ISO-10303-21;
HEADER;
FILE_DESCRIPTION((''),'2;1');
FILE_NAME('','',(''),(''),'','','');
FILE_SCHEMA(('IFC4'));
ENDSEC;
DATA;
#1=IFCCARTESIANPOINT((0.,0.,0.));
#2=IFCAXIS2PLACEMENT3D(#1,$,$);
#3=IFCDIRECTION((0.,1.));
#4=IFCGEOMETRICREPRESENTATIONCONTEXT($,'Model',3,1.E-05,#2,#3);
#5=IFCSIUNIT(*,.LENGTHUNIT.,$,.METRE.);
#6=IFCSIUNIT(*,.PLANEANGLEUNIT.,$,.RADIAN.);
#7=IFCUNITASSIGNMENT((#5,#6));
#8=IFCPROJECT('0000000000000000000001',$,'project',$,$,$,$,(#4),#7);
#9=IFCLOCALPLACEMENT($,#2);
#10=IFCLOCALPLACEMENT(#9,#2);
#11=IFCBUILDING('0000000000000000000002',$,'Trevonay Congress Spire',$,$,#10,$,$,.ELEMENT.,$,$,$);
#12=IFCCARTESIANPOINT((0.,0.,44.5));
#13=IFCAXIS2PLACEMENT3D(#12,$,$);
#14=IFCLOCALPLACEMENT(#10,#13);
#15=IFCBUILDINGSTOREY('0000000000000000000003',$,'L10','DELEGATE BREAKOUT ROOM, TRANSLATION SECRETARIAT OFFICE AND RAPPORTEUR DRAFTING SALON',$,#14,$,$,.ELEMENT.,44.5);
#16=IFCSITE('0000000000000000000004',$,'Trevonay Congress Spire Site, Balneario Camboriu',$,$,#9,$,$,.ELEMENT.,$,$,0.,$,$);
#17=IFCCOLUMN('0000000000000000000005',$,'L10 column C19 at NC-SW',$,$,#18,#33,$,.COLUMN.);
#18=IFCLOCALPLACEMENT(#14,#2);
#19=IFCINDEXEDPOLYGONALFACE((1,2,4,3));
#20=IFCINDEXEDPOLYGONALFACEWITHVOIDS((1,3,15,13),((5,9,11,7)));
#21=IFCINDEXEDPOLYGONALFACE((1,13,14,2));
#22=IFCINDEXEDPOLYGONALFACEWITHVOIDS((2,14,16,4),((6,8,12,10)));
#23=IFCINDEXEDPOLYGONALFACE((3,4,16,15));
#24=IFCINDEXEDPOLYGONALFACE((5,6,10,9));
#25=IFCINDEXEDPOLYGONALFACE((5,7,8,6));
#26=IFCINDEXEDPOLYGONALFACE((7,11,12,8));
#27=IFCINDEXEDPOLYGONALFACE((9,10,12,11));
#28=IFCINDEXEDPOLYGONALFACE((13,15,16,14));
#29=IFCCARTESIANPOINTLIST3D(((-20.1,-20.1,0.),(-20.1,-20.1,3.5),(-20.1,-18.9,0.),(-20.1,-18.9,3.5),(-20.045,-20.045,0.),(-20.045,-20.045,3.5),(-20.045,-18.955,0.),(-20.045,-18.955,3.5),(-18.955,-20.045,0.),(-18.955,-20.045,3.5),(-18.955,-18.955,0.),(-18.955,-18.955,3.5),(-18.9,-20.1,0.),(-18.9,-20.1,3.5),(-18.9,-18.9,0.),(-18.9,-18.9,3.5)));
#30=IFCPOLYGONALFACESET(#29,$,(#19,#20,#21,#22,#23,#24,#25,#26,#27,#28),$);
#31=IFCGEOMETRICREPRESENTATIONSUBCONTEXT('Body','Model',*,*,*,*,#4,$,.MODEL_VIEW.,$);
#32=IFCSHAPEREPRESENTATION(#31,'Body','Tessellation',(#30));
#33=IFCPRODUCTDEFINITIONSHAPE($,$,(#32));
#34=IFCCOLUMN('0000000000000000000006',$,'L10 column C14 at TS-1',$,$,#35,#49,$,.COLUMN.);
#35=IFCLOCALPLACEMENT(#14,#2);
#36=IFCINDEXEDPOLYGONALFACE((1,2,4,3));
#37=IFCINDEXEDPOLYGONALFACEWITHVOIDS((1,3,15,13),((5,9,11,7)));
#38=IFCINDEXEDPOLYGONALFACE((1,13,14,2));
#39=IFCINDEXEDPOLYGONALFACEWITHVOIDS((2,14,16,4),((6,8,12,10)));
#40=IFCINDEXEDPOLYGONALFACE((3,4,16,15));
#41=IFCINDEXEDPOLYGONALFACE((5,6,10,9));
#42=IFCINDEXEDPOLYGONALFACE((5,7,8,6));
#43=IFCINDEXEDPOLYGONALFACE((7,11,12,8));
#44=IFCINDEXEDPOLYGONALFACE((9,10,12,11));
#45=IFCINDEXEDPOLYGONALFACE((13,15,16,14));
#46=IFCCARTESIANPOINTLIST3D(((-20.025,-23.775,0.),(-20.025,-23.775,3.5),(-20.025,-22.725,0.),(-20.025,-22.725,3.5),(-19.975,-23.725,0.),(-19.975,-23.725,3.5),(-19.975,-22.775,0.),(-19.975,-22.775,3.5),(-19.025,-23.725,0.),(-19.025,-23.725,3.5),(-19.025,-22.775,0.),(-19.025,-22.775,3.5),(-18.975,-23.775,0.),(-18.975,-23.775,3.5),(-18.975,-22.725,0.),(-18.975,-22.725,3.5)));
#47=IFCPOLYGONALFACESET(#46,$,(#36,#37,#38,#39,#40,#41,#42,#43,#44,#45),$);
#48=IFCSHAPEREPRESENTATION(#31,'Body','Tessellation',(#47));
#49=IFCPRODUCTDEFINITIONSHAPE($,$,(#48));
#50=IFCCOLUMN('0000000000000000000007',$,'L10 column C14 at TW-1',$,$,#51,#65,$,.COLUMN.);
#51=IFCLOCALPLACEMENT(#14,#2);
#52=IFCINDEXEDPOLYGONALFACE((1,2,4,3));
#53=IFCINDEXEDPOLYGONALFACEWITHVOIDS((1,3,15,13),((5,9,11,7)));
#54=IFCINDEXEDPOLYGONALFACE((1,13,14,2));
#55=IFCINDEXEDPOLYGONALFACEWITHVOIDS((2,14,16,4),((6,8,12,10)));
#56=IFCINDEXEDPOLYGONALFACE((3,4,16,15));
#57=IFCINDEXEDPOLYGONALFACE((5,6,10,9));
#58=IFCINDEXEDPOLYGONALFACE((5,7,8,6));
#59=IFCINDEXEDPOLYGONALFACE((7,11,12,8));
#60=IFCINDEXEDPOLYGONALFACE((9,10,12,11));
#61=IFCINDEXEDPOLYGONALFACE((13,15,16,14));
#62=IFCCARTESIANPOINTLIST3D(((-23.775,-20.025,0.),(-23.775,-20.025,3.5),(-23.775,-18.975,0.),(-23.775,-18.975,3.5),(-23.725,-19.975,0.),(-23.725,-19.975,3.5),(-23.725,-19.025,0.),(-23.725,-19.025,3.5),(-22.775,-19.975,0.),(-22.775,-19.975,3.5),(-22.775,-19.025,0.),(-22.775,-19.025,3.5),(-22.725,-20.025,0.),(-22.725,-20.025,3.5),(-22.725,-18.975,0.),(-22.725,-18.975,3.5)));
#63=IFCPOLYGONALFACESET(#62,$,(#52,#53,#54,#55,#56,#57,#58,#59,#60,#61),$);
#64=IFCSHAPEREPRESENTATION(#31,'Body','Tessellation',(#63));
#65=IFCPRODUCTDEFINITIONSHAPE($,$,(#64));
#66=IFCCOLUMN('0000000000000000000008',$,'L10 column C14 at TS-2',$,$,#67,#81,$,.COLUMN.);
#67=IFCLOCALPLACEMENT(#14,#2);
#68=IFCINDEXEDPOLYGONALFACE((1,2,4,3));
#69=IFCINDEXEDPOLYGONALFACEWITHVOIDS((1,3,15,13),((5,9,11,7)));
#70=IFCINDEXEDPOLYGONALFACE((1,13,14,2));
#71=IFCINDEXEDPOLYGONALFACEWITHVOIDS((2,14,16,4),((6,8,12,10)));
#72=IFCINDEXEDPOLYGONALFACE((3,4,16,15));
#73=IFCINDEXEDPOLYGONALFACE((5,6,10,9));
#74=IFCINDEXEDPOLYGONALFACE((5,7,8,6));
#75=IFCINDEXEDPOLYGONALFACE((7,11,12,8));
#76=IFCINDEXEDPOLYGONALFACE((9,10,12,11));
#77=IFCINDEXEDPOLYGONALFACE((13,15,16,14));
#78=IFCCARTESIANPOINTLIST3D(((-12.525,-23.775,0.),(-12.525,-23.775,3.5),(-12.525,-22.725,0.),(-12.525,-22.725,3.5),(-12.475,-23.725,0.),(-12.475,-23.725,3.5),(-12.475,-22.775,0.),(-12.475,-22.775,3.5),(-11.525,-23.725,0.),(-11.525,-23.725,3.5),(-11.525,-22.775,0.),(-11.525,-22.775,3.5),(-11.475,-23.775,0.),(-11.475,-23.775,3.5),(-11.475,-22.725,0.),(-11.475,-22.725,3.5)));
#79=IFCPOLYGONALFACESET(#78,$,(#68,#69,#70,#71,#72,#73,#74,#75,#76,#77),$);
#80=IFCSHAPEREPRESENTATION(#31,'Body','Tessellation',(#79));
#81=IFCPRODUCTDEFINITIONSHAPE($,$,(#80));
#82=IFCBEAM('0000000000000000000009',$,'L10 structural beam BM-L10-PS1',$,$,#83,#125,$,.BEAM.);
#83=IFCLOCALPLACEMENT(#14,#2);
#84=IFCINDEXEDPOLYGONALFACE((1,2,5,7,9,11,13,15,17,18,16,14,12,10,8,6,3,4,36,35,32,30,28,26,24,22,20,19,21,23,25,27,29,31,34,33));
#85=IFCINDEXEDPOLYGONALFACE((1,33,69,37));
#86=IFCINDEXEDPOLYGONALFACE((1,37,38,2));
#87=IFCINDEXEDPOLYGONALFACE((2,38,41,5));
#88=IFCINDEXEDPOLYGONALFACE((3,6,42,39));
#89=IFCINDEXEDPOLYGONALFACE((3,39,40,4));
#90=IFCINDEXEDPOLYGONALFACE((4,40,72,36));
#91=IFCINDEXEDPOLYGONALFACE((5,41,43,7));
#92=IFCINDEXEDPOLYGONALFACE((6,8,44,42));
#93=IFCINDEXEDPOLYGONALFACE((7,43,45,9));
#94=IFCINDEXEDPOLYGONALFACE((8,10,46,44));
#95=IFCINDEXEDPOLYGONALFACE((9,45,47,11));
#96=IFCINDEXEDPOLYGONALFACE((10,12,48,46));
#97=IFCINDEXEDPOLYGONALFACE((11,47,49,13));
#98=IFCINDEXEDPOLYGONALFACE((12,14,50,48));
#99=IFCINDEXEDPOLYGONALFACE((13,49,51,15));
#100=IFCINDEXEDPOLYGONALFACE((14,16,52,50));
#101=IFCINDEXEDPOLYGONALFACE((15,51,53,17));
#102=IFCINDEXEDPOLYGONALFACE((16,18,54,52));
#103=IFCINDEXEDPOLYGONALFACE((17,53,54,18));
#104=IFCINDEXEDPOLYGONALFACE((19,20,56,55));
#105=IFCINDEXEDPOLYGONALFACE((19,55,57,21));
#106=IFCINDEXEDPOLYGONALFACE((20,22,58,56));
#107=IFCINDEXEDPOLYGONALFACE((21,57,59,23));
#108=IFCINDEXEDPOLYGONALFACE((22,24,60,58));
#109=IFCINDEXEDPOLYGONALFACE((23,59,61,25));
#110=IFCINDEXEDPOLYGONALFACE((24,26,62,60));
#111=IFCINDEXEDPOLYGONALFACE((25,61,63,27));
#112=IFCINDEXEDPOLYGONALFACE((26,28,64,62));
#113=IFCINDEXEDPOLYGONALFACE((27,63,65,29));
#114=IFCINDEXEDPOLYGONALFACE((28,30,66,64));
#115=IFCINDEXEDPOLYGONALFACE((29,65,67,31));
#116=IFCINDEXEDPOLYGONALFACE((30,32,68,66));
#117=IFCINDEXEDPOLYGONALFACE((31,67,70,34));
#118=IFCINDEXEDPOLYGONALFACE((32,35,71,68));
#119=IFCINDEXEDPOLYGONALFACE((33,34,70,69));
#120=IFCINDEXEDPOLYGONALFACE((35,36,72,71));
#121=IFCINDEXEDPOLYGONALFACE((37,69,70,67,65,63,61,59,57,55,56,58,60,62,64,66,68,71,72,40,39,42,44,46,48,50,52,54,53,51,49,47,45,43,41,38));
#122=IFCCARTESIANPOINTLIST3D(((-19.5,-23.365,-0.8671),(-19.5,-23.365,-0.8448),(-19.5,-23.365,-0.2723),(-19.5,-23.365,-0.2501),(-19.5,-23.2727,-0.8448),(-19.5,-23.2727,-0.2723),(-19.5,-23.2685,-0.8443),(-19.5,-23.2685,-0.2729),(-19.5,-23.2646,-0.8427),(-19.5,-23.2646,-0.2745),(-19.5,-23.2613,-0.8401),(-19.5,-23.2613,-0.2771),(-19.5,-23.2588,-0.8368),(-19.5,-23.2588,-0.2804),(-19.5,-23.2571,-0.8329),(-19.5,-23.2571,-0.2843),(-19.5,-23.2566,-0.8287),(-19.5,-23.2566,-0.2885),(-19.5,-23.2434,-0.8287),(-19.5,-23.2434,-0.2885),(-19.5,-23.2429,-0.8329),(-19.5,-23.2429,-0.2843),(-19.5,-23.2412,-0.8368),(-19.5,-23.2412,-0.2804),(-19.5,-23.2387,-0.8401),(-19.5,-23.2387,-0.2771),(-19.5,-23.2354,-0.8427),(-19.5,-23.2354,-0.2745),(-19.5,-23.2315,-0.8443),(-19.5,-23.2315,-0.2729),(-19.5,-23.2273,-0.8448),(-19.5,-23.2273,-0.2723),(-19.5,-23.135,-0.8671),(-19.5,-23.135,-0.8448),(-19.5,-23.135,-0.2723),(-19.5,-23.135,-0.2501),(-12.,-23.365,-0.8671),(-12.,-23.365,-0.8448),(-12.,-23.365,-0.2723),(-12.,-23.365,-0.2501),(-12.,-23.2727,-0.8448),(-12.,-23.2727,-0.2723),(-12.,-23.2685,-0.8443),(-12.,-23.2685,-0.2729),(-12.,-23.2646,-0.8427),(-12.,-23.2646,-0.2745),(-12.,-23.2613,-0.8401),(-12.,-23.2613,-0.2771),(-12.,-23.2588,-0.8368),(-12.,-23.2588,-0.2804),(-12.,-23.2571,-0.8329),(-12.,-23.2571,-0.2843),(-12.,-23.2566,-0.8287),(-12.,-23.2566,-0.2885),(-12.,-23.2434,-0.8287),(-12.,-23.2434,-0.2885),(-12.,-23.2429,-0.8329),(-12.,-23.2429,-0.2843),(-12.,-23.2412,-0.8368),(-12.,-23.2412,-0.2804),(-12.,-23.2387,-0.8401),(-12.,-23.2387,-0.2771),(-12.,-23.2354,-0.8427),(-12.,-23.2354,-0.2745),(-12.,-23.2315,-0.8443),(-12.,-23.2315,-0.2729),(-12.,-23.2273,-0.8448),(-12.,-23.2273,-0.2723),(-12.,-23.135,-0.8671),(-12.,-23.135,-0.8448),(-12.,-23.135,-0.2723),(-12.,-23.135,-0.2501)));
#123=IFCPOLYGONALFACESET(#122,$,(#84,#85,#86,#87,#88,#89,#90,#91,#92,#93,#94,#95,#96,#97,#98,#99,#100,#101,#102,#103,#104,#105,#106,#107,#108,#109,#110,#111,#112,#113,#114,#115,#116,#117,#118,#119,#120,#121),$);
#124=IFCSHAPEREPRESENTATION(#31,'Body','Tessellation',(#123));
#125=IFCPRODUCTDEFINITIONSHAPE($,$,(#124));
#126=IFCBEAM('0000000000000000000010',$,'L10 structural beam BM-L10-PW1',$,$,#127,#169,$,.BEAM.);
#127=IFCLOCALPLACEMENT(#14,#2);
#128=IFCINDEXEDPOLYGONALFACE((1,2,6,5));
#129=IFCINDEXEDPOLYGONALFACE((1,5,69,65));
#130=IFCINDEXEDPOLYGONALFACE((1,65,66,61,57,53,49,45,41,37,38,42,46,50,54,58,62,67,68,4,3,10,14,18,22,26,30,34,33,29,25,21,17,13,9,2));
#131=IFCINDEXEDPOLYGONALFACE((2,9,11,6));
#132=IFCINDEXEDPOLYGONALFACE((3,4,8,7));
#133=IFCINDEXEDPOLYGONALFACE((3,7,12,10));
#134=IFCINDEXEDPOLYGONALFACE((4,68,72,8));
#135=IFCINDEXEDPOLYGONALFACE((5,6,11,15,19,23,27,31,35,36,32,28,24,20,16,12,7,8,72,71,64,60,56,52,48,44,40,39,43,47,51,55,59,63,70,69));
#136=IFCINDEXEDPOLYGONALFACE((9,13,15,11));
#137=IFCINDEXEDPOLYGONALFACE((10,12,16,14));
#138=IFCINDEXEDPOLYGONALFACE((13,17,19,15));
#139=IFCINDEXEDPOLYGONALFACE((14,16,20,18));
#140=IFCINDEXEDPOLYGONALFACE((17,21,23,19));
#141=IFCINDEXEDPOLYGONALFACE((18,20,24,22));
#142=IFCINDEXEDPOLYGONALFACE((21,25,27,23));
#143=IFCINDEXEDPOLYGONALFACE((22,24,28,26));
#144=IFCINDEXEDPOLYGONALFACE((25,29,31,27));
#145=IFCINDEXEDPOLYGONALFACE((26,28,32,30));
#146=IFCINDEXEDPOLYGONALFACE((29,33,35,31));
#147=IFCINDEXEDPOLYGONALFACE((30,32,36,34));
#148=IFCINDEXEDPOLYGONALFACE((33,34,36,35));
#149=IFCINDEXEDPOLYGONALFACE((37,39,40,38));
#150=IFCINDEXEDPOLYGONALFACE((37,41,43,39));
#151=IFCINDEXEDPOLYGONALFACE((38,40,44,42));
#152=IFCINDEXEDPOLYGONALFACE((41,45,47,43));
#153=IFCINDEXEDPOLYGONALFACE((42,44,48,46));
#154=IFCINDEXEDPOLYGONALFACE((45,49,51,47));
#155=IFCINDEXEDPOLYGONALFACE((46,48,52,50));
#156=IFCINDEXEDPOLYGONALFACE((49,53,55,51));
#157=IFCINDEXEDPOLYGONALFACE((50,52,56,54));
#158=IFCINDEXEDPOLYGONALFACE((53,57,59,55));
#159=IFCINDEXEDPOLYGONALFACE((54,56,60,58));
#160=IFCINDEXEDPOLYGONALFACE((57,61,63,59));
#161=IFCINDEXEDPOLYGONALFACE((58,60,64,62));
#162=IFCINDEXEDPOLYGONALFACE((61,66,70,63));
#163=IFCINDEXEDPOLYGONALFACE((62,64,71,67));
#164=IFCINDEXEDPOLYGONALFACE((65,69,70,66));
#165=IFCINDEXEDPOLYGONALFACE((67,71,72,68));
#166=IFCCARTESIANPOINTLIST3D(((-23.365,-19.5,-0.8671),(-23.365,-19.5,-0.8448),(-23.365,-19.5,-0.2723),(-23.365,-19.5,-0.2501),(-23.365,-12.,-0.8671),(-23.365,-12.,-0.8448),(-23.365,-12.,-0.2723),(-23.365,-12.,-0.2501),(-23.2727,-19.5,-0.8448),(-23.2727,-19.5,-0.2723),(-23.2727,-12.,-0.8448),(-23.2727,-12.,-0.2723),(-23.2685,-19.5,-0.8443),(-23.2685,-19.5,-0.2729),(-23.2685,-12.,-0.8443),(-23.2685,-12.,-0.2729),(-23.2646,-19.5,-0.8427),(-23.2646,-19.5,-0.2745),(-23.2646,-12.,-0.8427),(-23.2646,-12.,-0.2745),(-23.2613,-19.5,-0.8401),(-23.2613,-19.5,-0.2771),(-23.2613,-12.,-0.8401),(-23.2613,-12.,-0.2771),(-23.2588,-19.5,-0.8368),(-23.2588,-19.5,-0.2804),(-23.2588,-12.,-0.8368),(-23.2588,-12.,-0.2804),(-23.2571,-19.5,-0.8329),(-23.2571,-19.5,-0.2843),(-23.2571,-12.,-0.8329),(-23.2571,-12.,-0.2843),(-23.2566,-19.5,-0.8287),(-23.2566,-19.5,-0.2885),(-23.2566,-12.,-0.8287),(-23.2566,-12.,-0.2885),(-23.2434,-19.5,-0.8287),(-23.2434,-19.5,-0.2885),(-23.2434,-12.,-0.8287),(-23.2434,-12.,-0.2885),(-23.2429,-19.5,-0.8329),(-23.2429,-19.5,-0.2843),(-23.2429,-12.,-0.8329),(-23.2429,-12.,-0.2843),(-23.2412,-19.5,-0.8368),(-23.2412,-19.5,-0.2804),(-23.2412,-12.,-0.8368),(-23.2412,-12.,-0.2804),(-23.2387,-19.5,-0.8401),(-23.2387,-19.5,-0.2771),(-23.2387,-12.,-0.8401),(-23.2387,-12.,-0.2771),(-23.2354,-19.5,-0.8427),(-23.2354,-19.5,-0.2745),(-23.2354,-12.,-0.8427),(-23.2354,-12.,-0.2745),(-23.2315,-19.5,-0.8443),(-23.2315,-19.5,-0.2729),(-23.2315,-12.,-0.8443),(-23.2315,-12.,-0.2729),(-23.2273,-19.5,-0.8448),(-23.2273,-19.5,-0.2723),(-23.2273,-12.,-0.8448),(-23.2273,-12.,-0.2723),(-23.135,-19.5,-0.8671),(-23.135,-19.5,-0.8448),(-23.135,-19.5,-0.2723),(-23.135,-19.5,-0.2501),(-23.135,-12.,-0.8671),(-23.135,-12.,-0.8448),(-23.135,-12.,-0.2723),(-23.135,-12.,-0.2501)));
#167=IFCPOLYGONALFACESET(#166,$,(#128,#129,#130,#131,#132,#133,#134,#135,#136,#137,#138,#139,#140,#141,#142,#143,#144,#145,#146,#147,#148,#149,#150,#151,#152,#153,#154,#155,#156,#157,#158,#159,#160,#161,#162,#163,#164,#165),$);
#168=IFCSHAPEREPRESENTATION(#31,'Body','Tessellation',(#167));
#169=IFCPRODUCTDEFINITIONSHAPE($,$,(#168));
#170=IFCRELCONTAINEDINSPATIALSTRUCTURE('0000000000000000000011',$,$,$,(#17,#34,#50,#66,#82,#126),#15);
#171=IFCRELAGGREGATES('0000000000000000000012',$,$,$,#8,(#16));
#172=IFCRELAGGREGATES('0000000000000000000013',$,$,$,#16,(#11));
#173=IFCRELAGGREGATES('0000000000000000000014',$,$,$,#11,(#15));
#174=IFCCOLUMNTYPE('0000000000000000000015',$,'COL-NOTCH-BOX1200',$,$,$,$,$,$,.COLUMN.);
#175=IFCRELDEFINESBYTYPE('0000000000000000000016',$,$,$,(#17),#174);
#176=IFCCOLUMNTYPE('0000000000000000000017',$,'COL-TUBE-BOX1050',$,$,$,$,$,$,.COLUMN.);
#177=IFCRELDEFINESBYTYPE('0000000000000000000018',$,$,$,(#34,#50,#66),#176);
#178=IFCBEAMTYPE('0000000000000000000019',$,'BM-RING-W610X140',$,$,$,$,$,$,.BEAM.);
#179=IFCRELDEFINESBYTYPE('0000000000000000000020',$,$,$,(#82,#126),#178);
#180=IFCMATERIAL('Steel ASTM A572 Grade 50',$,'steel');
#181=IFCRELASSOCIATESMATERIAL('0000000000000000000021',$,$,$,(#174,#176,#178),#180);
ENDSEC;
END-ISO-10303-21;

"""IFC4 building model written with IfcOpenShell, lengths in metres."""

from ifc_helpers import new_model, si_unit, direction, frame, origin, origin_2d, place, context, subcontext, project, spatial, hollow_rectangle, i_section, extrude, material, material_profile, profile_set, type_object, element, save


model = new_model("IFC4")

# Units and contexts
model_context = context("Model", 3, precision=1e-05, world=origin(), true_north=direction((0.0, 1.0)))
body_context = subcontext(model_context, "Body", "Model", "MODEL_VIEW")
ifc_project = project(units=[si_unit("LENGTHUNIT", "METRE"), si_unit("PLANEANGLEUNIT", "RADIAN")], contexts=[model_context])

# Site, building, storey
site_placement = place(None, origin())
site = spatial("IfcSite", under=ifc_project, at=site_placement, Name="Trevonay Congress Spire Site, Balneario Camboriu", CompositionType="ELEMENT", RefElevation=0.0)
building_placement = place(site_placement, origin())
building = spatial("IfcBuilding", under=site, at=building_placement, Name="Trevonay Congress Spire", CompositionType="ELEMENT")
storey_placement = place(building_placement, frame((0.0, 0.0, 44.5)))
storey = spatial("IfcBuildingStorey", under=building, at=storey_placement, Name="L10", Description="DELEGATE BREAKOUT ROOM, TRANSLATION SECRETARIAT OFFICE AND RAPPORTEUR DRAFTING SALON", CompositionType="ELEMENT", Elevation=44.5)

# Columns
ifc_material_1 = material(Name="Steel ASTM A572 Grade 50", Category="steel")
ifc_material_profile_1 = material_profile(ifc_material_1, hollow_rectangle(XDim=1.2, YDim=1.2, WallThickness=0.0549, at=origin_2d()), Name="BOX 1200x1200x55")
ifc_profile_set_1 = profile_set([ifc_material_profile_1], Name="Steel ASTM A572 Grade 50")
column_type_1 = type_object("IfcColumnType", Name="COL-NOTCH-BOX1200", PredefinedType="COLUMN", material=ifc_profile_set_1)
column_placement = place(storey_placement, frame((-19.5, -19.5, 0.0), z_axis=(0.0, 0.0, 1.0), x_axis=(1.0, 0.0, 0.0)))
element("IfcColumn", 1, at=column_placement, inside=storey, type_object=column_type_1, Name="L10 column C19 at NC-SW", PredefinedType="COLUMN", context=body_context, shape_type="SweptSolid", body=[
    extrude(hollow_rectangle(XDim=1.2, YDim=1.2, WallThickness=0.0549, at=origin_2d()), origin(), (0.0, 0.0, 1.0), 3.5),
])
ifc_material_profile_2 = material_profile(ifc_material_1, hollow_rectangle(XDim=1.05, YDim=1.05, WallThickness=0.05, at=origin_2d()), Name="BOX 1050x1050x50")
ifc_profile_set_2 = profile_set([ifc_material_profile_2], Name="Steel ASTM A572 Grade 50")
column_type_2 = type_object("IfcColumnType", Name="COL-TUBE-BOX1050", PredefinedType="COLUMN", material=ifc_profile_set_2)
for number, where, z_axis, x_axis, name in (
    (2, (-19.5, -23.25, 0.0), (0.0, 0.0, 1.0), (1.0, 0.0, 0.0), "L10 column C14 at TS-1"),
    (3, (-23.25, -19.5, 0.0), (0.0, 0.0, 1.0), (1.0, 0.0, 0.0), "L10 column C14 at TW-1"),
    (4, (-12.0, -23.25, 0.0), (0.0, 0.0, 1.0), (1.0, 0.0, 0.0), "L10 column C14 at TS-2"),
):
    element("IfcColumn", number, at=place(storey_placement, frame(where, z_axis=z_axis, x_axis=x_axis)), inside=storey, type_object=column_type_2, Name=name, PredefinedType="COLUMN", context=body_context, shape_type="SweptSolid", body=[
        extrude(hollow_rectangle(XDim=1.05, YDim=1.05, WallThickness=0.05, at=origin_2d()), origin(), (0.0, 0.0, 1.0), 3.5),
    ])

# Beams
ifc_material_profile_3 = material_profile(ifc_material_1, i_section(OverallWidth=0.23, OverallDepth=0.6169, WebThickness=0.0132, FlangeThickness=0.0222, FilletRadius=0.0161, at=origin_2d()), Name="W610x140")
ifc_profile_set_3 = profile_set([ifc_material_profile_3], Name="Steel ASTM A572 Grade 50")
beam_type = type_object("IfcBeamType", Name="BM-RING-W610X140", PredefinedType="BEAM", material=ifc_profile_set_3)
for number, where, z_axis, x_axis, name in (
    (5, (-19.5, -23.25, -0.5586), (1.0, 0.0, 0.0), (0.0, 1.0, 0.0), "L10 structural beam BM-L10-PS1"),
    (6, (-23.25, -19.5, -0.5586), (0.0, 1.0, 0.0), (-1.0, 0.0, 0.0), "L10 structural beam BM-L10-PW1"),
):
    element("IfcBeam", number, at=place(storey_placement, frame(where, z_axis=z_axis, x_axis=x_axis)), inside=storey, type_object=beam_type, Name=name, PredefinedType="BEAM", context=body_context, shape_type="SweptSolid", body=[
        extrude(i_section(OverallWidth=0.23, OverallDepth=0.6169, WebThickness=0.0132, FlangeThickness=0.0222, FilletRadius=0.0161, at=origin_2d()), origin(), (0.0, 0.0, 1.0), 7.5),
    ])

save(model, "model.ifc")
